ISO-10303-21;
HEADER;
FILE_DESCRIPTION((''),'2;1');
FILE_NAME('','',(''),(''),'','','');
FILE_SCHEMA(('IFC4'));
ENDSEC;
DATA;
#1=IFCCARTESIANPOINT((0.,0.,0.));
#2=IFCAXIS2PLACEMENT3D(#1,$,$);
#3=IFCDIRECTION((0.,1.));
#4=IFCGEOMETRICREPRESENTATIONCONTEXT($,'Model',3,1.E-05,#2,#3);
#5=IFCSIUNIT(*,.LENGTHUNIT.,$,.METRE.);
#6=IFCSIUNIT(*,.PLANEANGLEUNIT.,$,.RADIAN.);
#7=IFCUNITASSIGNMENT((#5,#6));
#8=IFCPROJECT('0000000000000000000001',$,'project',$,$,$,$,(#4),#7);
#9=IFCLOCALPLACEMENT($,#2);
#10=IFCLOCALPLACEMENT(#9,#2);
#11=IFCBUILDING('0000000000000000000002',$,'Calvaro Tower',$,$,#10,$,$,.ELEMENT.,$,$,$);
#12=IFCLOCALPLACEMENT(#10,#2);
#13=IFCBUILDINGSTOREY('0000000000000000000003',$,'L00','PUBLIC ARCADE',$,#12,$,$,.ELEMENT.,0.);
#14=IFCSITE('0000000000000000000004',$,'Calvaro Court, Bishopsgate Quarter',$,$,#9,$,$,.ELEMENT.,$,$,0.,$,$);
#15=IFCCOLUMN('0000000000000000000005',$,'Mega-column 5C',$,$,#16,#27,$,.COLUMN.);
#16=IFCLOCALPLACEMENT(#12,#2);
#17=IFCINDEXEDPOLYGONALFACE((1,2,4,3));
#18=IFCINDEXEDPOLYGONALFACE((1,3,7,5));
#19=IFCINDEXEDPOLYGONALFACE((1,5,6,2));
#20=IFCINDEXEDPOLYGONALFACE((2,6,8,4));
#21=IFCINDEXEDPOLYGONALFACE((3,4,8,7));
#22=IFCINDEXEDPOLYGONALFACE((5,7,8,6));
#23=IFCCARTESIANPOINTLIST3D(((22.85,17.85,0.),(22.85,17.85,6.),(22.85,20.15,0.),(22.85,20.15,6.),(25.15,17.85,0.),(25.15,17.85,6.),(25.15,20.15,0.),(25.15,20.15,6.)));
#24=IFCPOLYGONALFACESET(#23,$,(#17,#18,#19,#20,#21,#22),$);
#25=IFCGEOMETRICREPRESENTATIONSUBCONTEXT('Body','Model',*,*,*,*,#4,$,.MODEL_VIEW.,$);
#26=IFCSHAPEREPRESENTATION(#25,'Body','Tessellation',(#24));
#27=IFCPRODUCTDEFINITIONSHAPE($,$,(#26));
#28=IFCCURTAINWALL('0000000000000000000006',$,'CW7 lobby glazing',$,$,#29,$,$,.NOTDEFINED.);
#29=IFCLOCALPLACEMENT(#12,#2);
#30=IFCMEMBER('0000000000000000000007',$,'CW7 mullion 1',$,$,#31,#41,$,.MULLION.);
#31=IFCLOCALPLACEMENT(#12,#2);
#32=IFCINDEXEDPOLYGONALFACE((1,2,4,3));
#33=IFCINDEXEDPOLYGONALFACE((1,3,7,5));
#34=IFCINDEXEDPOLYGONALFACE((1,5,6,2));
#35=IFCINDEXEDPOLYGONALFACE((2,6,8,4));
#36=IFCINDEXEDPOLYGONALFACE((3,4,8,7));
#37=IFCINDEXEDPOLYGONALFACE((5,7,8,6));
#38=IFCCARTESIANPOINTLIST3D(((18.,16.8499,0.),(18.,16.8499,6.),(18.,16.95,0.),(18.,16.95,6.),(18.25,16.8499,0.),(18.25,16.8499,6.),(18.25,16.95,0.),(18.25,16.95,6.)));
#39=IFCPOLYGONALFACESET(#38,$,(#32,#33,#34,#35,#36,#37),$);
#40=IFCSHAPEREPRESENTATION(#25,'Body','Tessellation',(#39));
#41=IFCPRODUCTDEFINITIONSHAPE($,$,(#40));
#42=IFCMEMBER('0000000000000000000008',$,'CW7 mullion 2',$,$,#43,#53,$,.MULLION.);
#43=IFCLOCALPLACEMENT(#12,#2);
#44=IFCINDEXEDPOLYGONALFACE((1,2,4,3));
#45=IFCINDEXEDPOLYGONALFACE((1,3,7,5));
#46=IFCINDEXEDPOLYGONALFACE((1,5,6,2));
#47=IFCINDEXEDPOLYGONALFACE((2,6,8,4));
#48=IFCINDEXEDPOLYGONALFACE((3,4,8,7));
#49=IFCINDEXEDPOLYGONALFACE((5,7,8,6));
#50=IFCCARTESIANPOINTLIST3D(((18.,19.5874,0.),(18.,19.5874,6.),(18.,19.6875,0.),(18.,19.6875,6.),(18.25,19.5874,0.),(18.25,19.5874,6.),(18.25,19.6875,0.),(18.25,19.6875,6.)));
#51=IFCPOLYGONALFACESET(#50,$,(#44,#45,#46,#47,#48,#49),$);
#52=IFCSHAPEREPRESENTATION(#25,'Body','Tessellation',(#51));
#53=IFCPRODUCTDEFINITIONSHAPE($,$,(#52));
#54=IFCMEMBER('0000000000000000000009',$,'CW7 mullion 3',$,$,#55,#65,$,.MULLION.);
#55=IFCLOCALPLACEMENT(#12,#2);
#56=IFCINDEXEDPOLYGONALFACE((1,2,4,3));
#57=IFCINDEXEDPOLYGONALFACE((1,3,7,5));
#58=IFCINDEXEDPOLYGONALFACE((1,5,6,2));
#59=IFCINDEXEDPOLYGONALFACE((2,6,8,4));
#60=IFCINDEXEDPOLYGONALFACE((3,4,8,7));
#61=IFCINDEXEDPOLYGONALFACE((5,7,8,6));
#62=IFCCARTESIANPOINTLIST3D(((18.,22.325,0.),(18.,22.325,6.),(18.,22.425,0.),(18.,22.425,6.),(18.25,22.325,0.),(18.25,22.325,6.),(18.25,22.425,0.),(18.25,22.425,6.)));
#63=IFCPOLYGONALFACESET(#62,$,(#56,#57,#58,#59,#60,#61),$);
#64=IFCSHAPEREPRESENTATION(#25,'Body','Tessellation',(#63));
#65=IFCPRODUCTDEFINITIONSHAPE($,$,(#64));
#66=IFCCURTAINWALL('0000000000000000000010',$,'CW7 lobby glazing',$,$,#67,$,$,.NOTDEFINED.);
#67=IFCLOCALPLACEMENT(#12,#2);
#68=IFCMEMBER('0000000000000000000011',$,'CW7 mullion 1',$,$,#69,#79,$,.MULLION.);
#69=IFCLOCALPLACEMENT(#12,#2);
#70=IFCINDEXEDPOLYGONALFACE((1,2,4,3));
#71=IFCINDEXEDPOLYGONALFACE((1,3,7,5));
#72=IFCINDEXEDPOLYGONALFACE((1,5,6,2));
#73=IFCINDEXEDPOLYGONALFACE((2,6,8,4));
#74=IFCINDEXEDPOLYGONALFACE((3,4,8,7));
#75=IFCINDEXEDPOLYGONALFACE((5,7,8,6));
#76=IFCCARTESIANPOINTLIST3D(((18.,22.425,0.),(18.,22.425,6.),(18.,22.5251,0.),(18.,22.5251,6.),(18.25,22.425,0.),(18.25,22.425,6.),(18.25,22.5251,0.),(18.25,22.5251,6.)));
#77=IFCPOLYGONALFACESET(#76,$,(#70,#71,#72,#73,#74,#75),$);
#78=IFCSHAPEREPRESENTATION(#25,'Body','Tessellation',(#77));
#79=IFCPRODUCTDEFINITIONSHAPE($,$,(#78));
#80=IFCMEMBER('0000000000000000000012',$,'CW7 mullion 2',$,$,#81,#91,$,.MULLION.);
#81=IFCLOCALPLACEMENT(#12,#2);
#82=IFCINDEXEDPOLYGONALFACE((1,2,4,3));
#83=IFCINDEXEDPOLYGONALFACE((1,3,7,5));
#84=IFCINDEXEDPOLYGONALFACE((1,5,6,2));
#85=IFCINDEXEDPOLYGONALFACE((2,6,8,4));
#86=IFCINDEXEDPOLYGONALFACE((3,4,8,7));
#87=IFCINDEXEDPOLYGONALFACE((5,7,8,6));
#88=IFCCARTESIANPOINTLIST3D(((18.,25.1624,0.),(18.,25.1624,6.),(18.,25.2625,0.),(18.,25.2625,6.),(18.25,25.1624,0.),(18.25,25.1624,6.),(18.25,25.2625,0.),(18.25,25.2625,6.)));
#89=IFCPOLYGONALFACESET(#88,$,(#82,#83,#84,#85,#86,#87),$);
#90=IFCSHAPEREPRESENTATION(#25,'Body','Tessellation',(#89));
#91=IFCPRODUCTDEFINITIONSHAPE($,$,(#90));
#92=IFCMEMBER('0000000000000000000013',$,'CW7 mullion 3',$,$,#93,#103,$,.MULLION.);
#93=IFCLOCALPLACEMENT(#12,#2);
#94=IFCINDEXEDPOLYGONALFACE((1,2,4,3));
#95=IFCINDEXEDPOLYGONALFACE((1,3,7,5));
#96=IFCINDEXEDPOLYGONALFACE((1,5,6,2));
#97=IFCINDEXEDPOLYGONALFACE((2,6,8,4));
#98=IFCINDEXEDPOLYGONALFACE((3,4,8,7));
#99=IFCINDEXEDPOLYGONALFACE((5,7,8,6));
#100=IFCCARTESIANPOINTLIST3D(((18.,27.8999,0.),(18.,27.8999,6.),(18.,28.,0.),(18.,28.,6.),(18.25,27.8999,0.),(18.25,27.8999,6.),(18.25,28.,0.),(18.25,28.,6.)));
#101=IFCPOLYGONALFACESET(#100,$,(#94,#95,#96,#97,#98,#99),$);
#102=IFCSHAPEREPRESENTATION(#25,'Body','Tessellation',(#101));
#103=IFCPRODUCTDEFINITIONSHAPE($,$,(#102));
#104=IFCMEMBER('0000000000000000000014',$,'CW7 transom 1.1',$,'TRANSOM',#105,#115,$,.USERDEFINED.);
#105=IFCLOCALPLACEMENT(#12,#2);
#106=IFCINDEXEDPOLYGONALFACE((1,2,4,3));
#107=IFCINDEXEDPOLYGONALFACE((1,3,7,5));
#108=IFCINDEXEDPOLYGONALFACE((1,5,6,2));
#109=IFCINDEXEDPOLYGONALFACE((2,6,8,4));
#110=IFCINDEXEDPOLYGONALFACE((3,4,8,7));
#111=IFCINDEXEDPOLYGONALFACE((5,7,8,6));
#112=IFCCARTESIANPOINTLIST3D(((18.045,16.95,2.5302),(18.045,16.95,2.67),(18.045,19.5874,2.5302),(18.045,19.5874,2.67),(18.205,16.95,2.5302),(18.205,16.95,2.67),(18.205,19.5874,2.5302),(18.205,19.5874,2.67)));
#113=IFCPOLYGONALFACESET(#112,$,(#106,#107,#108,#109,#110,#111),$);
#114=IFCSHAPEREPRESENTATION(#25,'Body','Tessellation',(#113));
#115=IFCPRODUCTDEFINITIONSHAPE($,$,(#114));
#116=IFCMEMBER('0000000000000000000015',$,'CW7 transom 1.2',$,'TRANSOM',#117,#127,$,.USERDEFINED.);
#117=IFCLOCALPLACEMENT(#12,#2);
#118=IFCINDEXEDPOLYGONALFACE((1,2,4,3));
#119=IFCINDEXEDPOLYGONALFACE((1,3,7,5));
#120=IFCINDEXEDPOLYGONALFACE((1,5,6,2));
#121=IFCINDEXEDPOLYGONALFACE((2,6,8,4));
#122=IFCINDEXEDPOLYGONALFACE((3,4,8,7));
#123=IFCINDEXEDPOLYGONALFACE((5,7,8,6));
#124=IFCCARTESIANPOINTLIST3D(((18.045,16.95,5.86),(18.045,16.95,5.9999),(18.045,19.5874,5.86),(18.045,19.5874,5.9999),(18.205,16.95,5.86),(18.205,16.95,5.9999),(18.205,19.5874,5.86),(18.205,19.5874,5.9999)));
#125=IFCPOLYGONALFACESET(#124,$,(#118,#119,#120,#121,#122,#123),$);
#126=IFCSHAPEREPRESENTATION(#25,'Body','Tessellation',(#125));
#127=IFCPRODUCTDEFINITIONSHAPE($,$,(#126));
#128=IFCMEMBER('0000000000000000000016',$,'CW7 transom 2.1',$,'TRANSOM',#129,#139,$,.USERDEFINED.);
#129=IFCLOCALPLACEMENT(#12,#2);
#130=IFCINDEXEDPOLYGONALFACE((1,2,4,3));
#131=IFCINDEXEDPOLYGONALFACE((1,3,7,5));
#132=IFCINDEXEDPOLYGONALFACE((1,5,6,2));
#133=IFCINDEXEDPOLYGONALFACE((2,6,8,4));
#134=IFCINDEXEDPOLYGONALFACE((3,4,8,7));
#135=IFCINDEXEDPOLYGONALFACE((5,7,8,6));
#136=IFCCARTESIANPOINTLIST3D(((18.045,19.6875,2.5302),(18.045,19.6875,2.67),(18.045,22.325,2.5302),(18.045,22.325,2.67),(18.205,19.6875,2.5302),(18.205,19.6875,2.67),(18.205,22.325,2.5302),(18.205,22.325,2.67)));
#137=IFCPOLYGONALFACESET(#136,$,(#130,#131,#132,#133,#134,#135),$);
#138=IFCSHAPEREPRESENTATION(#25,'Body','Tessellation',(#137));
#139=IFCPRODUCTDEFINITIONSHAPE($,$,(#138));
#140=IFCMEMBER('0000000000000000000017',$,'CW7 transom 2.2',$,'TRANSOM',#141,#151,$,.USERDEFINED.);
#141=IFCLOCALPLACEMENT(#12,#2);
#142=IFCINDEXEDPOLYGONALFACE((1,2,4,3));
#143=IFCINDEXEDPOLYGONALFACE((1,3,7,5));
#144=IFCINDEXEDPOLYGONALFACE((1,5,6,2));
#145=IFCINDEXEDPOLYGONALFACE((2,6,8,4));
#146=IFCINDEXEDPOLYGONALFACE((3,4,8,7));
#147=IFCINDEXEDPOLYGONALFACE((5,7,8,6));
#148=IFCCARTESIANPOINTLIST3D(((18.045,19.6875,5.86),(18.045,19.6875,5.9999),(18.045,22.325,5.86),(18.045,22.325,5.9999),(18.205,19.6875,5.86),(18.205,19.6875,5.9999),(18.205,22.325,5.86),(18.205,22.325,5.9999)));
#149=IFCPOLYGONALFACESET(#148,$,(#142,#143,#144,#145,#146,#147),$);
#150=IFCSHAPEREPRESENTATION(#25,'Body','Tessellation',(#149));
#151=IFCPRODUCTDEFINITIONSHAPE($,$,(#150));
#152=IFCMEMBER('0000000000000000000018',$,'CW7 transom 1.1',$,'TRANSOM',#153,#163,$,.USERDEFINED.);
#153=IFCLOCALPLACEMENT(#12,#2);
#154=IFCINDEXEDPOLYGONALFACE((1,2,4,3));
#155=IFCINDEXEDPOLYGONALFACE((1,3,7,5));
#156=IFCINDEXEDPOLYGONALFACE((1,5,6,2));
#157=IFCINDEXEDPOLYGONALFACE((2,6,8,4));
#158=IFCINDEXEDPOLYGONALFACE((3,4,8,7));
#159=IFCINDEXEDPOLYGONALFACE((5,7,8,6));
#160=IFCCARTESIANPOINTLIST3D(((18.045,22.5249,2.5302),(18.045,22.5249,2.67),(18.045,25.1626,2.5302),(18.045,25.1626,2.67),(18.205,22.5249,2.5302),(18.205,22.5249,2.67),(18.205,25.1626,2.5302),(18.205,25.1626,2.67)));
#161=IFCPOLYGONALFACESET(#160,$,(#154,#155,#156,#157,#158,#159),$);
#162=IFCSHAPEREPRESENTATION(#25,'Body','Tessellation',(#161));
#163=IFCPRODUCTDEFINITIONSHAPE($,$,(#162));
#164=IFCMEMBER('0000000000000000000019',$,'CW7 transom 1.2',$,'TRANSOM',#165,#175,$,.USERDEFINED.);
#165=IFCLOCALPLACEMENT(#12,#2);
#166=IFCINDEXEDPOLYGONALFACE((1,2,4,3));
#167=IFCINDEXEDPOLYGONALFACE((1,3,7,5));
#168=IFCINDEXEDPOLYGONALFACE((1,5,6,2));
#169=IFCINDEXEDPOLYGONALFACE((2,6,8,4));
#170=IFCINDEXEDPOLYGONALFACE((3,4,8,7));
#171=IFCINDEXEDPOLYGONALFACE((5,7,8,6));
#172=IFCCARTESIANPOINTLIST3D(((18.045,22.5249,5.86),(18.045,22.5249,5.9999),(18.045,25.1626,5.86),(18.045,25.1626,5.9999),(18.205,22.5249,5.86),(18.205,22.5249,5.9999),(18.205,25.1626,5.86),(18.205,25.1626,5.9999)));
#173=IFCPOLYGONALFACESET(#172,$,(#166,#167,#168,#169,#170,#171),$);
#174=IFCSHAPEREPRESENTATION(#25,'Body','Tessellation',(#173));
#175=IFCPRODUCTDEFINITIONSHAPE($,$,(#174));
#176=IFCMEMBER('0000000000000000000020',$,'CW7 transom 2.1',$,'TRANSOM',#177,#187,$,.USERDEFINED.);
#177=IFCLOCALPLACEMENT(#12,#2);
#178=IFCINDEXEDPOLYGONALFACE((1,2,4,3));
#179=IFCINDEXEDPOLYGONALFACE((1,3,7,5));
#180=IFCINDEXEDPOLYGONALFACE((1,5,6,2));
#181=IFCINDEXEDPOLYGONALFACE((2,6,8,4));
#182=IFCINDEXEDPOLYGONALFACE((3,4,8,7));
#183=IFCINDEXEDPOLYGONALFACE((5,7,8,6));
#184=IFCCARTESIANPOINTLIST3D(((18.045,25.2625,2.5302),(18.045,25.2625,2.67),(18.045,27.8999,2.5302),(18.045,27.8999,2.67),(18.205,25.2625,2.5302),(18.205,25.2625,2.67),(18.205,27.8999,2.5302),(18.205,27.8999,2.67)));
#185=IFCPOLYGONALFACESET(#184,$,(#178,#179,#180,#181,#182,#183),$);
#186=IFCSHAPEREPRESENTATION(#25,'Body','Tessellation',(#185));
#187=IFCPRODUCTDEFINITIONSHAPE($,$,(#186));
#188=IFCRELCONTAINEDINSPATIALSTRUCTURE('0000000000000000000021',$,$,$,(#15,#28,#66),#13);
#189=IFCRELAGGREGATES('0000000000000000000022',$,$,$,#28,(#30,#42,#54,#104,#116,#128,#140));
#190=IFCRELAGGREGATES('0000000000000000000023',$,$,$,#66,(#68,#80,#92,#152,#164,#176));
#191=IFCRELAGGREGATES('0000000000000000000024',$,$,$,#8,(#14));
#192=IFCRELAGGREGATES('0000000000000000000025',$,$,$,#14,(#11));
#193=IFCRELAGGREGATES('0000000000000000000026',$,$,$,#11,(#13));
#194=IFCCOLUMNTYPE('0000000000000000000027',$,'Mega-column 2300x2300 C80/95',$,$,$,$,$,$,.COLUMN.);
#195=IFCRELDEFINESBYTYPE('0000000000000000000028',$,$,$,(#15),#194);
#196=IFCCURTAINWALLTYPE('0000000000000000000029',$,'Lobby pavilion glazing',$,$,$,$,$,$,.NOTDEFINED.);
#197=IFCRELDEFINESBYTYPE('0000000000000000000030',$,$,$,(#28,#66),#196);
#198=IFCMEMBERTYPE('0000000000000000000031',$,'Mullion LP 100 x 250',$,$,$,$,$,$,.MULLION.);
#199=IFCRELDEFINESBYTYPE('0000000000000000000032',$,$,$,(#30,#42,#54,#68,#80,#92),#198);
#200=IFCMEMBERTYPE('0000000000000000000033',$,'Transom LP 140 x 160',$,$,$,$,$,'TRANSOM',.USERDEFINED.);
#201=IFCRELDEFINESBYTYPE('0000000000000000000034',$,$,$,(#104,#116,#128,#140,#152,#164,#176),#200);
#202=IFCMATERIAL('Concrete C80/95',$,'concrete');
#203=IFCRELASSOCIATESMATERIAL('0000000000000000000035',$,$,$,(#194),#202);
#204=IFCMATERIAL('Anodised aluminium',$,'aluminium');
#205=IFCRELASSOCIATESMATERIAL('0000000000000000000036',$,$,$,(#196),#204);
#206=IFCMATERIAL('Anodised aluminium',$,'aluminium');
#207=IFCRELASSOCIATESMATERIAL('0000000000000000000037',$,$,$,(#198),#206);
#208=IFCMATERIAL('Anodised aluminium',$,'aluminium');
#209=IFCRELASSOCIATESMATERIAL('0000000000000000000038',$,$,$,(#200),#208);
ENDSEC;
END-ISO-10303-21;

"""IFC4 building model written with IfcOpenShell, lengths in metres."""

from ifc_helpers import new_model, si_unit, direction, frame, origin, origin_2d, place, context, subcontext, project, spatial, rectangle, extrude, material, material_profile, profile_set, type_object, element, aggregate, save


model = new_model("IFC4")

# Units and contexts
model_context = context("Model", 3, precision=1e-05, world=origin(), true_north=direction((0.0, 1.0)))
body_context = subcontext(model_context, "Body", "Model", "MODEL_VIEW")
ifc_project = project(units=[si_unit("LENGTHUNIT", "METRE"), si_unit("PLANEANGLEUNIT", "RADIAN")], contexts=[model_context])

# Site, building, storey
site_placement = place(None, origin())
site = spatial("IfcSite", under=ifc_project, at=site_placement, Name="Calvaro Court, Bishopsgate Quarter", CompositionType="ELEMENT", RefElevation=0.0)
building_placement = place(site_placement, origin())
building = spatial("IfcBuilding", under=site, at=building_placement, Name="Calvaro Tower", CompositionType="ELEMENT")
storey_placement = place(building_placement, origin())
storey = spatial("IfcBuildingStorey", under=building, at=storey_placement, Name="L00", Description="PUBLIC ARCADE", CompositionType="ELEMENT", Elevation=0.0)

# Column
ifc_material_1 = material(Name="Concrete C80/95", Category="concrete")
ifc_material_profile_1 = material_profile(ifc_material_1, rectangle(XDim=2.3, YDim=2.3, at=origin_2d()), Name="RC 2300x2300")
ifc_profile_set_1 = profile_set([ifc_material_profile_1], Name="Concrete C80/95")
column_type = type_object("IfcColumnType", Name="Mega-column 2300x2300 C80/95", PredefinedType="COLUMN", material=ifc_profile_set_1)
column_placement = place(storey_placement, frame((24.0, 19.0, 0.0), z_axis=(0.0, 0.0, 1.0), x_axis=(1.0, 0.0, 0.0)))
element("IfcColumn", 1, at=column_placement, inside=storey, type_object=column_type, Name="Mega-column 5C", PredefinedType="COLUMN", context=body_context, shape_type="SweptSolid", body=[
    extrude(rectangle(XDim=2.3, YDim=2.3, at=origin_2d()), origin(), (0.0, 0.0, 1.0), 6.0),
])

# Curtain walls, members
ifc_material_2 = material(Name="Anodised aluminium", Category="aluminium")
curtain_wall_type = type_object("IfcCurtainWallType", Name="Lobby pavilion glazing", PredefinedType="NOTDEFINED", material=ifc_material_2)
curtain_wall_1_placement = place(storey_placement, origin())
curtain_wall_1 = element("IfcCurtainWall", 2, at=curtain_wall_1_placement, inside=storey, type_object=curtain_wall_type, Name="CW7 lobby glazing", PredefinedType="NOTDEFINED")
ifc_material_3 = material(Name="Anodised aluminium", Category="aluminium")
ifc_material_profile_2 = material_profile(ifc_material_3, rectangle(XDim=0.25, YDim=0.1001, at=origin_2d()), Name="Mullion LP 100 x 250")
ifc_profile_set_2 = profile_set([ifc_material_profile_2], Name="Anodised aluminium")
member_type_1 = type_object("IfcMemberType", Name="Mullion LP 100 x 250", PredefinedType="MULLION", material=ifc_profile_set_2)
member_1_placement = place(storey_placement, frame((18.125, 16.8999, 0.0), z_axis=(0.0, 0.0, 1.0), x_axis=(-1.0, 0.0, 0.0)))
member_1 = element("IfcMember", 3, at=member_1_placement, type_object=member_type_1, Name="CW7 mullion 1", PredefinedType="MULLION", context=body_context, shape_type="SweptSolid", body=[
    extrude(rectangle(XDim=0.25, YDim=0.1001, at=origin_2d()), origin(), (0.0, 0.0, 1.0), 6.0),
])
member_2_placement = place(storey_placement, frame((18.125, 19.6375, 0.0), z_axis=(0.0, 0.0, 1.0), x_axis=(-1.0, 0.0, 0.0)))
member_2 = element("IfcMember", 4, at=member_2_placement, type_object=member_type_1, Name="CW7 mullion 2", PredefinedType="MULLION", context=body_context, shape_type="SweptSolid", body=[
    extrude(rectangle(XDim=0.25, YDim=0.1001, at=origin_2d()), origin(), (0.0, 0.0, 1.0), 6.0),
])
member_3_placement = place(storey_placement, frame((18.125, 22.375, 0.0), z_axis=(0.0, 0.0, 1.0), x_axis=(-1.0, 0.0, 0.0)))
member_3 = element("IfcMember", 5, at=member_3_placement, type_object=member_type_1, Name="CW7 mullion 3", PredefinedType="MULLION", context=body_context, shape_type="SweptSolid", body=[
    extrude(rectangle(XDim=0.25, YDim=0.1001, at=origin_2d()), origin(), (0.0, 0.0, 1.0), 6.0),
])
curtain_wall_2_placement = place(storey_placement, origin())
curtain_wall_2 = element("IfcCurtainWall", 6, at=curtain_wall_2_placement, inside=storey, type_object=curtain_wall_type, Name="CW7 lobby glazing", PredefinedType="NOTDEFINED")
member_4_placement = place(storey_placement, frame((18.125, 22.4751, 0.0), z_axis=(0.0, 0.0, 1.0), x_axis=(-1.0, 0.0, 0.0)))
member_4 = element("IfcMember", 7, at=member_4_placement, type_object=member_type_1, Name="CW7 mullion 1", PredefinedType="MULLION", context=body_context, shape_type="SweptSolid", body=[
    extrude(rectangle(XDim=0.25, YDim=0.1001, at=origin_2d()), origin(), (0.0, 0.0, 1.0), 6.0),
])
member_5_placement = place(storey_placement, frame((18.125, 25.2124, 0.0), z_axis=(0.0, 0.0, 1.0), x_axis=(-1.0, 0.0, 0.0)))
member_5 = element("IfcMember", 8, at=member_5_placement, type_object=member_type_1, Name="CW7 mullion 2", PredefinedType="MULLION", context=body_context, shape_type="SweptSolid", body=[
    extrude(rectangle(XDim=0.25, YDim=0.1001, at=origin_2d()), origin(), (0.0, 0.0, 1.0), 6.0),
])
member_6_placement = place(storey_placement, frame((18.125, 27.95, 0.0), z_axis=(0.0, 0.0, 1.0), x_axis=(-1.0, 0.0, 0.0)))
member_6 = element("IfcMember", 9, at=member_6_placement, type_object=member_type_1, Name="CW7 mullion 3", PredefinedType="MULLION", context=body_context, shape_type="SweptSolid", body=[
    extrude(rectangle(XDim=0.25, YDim=0.1001, at=origin_2d()), origin(), (0.0, 0.0, 1.0), 6.0),
])

# Members
ifc_material_4 = material(Name="Anodised aluminium", Category="aluminium")
ifc_material_profile_3 = material_profile(ifc_material_4, rectangle(XDim=0.1599, YDim=0.1399, at=origin_2d()), Name="Transom LP 140 x 160")
ifc_profile_set_3 = profile_set([ifc_material_profile_3], Name="Anodised aluminium")
member_type_2 = type_object("IfcMemberType", Name="Transom LP 140 x 160", ElementType="TRANSOM", PredefinedType="USERDEFINED", material=ifc_profile_set_3)
member_7_placement = place(storey_placement, frame((18.125, 16.95, 2.6001), z_axis=(0.0, 1.0, 0.0), x_axis=(-1.0, 0.0, 0.0)))
member_7 = element("IfcMember", 10, at=member_7_placement, type_object=member_type_2, Name="CW7 transom 1.1", ObjectType="TRANSOM", PredefinedType="USERDEFINED", context=body_context, shape_type="SweptSolid", body=[
    extrude(rectangle(XDim=0.1599, YDim=0.1399, at=origin_2d()), origin(), (0.0, 0.0, 1.0), 2.6375),
])
member_8_placement = place(storey_placement, frame((18.125, 16.95, 5.9299), z_axis=(0.0, 1.0, 0.0), x_axis=(-1.0, 0.0, 0.0)))
member_8 = element("IfcMember", 11, at=member_8_placement, type_object=member_type_2, Name="CW7 transom 1.2", ObjectType="TRANSOM", PredefinedType="USERDEFINED", context=body_context, shape_type="SweptSolid", body=[
    extrude(rectangle(XDim=0.1599, YDim=0.1399, at=origin_2d()), origin(), (0.0, 0.0, 1.0), 2.6375),
])
member_9_placement = place(storey_placement, frame((18.125, 19.6875, 2.6001), z_axis=(0.0, 1.0, 0.0), x_axis=(-1.0, 0.0, 0.0)))
member_9 = element("IfcMember", 12, at=member_9_placement, type_object=member_type_2, Name="CW7 transom 2.1", ObjectType="TRANSOM", PredefinedType="USERDEFINED", context=body_context, shape_type="SweptSolid", body=[
    extrude(rectangle(XDim=0.1599, YDim=0.1399, at=origin_2d()), origin(), (0.0, 0.0, 1.0), 2.6375),
])
member_10_placement = place(storey_placement, frame((18.125, 19.6875, 5.9299), z_axis=(0.0, 1.0, 0.0), x_axis=(-1.0, 0.0, 0.0)))
member_10 = element("IfcMember", 13, at=member_10_placement, type_object=member_type_2, Name="CW7 transom 2.2", ObjectType="TRANSOM", PredefinedType="USERDEFINED", context=body_context, shape_type="SweptSolid", body=[
    extrude(rectangle(XDim=0.1599, YDim=0.1399, at=origin_2d()), origin(), (0.0, 0.0, 1.0), 2.6375),
])
member_11_placement = place(storey_placement, frame((18.125, 22.5249, 2.6001), z_axis=(0.0, 1.0, 0.0), x_axis=(-1.0, 0.0, 0.0)))
member_11 = element("IfcMember", 14, at=member_11_placement, type_object=member_type_2, Name="CW7 transom 1.1", ObjectType="TRANSOM", PredefinedType="USERDEFINED", context=body_context, shape_type="SweptSolid", body=[
    extrude(rectangle(XDim=0.1599, YDim=0.1399, at=origin_2d()), origin(), (0.0, 0.0, 1.0), 2.6377),
])
member_12_placement = place(storey_placement, frame((18.125, 22.5249, 5.9299), z_axis=(0.0, 1.0, 0.0), x_axis=(-1.0, 0.0, 0.0)))
member_12 = element("IfcMember", 15, at=member_12_placement, type_object=member_type_2, Name="CW7 transom 1.2", ObjectType="TRANSOM", PredefinedType="USERDEFINED", context=body_context, shape_type="SweptSolid", body=[
    extrude(rectangle(XDim=0.1599, YDim=0.1399, at=origin_2d()), origin(), (0.0, 0.0, 1.0), 2.6377),
])
member_13_placement = place(storey_placement, frame((18.125, 25.2625, 2.6001), z_axis=(0.0, 1.0, 0.0), x_axis=(-1.0, 0.0, 0.0)))
member_13 = element("IfcMember", 16, at=member_13_placement, type_object=member_type_2, Name="CW7 transom 2.1", ObjectType="TRANSOM", PredefinedType="USERDEFINED", context=body_context, shape_type="SweptSolid", body=[
    extrude(rectangle(XDim=0.1599, YDim=0.1399, at=origin_2d()), origin(), (0.0, 0.0, 1.0), 2.6375),
])

aggregate(curtain_wall_1, [member_1, member_2, member_3, member_7, member_8, member_9, member_10])
aggregate(curtain_wall_2, [member_4, member_5, member_6, member_11, member_12, member_13])

save(model, "model.ifc")
